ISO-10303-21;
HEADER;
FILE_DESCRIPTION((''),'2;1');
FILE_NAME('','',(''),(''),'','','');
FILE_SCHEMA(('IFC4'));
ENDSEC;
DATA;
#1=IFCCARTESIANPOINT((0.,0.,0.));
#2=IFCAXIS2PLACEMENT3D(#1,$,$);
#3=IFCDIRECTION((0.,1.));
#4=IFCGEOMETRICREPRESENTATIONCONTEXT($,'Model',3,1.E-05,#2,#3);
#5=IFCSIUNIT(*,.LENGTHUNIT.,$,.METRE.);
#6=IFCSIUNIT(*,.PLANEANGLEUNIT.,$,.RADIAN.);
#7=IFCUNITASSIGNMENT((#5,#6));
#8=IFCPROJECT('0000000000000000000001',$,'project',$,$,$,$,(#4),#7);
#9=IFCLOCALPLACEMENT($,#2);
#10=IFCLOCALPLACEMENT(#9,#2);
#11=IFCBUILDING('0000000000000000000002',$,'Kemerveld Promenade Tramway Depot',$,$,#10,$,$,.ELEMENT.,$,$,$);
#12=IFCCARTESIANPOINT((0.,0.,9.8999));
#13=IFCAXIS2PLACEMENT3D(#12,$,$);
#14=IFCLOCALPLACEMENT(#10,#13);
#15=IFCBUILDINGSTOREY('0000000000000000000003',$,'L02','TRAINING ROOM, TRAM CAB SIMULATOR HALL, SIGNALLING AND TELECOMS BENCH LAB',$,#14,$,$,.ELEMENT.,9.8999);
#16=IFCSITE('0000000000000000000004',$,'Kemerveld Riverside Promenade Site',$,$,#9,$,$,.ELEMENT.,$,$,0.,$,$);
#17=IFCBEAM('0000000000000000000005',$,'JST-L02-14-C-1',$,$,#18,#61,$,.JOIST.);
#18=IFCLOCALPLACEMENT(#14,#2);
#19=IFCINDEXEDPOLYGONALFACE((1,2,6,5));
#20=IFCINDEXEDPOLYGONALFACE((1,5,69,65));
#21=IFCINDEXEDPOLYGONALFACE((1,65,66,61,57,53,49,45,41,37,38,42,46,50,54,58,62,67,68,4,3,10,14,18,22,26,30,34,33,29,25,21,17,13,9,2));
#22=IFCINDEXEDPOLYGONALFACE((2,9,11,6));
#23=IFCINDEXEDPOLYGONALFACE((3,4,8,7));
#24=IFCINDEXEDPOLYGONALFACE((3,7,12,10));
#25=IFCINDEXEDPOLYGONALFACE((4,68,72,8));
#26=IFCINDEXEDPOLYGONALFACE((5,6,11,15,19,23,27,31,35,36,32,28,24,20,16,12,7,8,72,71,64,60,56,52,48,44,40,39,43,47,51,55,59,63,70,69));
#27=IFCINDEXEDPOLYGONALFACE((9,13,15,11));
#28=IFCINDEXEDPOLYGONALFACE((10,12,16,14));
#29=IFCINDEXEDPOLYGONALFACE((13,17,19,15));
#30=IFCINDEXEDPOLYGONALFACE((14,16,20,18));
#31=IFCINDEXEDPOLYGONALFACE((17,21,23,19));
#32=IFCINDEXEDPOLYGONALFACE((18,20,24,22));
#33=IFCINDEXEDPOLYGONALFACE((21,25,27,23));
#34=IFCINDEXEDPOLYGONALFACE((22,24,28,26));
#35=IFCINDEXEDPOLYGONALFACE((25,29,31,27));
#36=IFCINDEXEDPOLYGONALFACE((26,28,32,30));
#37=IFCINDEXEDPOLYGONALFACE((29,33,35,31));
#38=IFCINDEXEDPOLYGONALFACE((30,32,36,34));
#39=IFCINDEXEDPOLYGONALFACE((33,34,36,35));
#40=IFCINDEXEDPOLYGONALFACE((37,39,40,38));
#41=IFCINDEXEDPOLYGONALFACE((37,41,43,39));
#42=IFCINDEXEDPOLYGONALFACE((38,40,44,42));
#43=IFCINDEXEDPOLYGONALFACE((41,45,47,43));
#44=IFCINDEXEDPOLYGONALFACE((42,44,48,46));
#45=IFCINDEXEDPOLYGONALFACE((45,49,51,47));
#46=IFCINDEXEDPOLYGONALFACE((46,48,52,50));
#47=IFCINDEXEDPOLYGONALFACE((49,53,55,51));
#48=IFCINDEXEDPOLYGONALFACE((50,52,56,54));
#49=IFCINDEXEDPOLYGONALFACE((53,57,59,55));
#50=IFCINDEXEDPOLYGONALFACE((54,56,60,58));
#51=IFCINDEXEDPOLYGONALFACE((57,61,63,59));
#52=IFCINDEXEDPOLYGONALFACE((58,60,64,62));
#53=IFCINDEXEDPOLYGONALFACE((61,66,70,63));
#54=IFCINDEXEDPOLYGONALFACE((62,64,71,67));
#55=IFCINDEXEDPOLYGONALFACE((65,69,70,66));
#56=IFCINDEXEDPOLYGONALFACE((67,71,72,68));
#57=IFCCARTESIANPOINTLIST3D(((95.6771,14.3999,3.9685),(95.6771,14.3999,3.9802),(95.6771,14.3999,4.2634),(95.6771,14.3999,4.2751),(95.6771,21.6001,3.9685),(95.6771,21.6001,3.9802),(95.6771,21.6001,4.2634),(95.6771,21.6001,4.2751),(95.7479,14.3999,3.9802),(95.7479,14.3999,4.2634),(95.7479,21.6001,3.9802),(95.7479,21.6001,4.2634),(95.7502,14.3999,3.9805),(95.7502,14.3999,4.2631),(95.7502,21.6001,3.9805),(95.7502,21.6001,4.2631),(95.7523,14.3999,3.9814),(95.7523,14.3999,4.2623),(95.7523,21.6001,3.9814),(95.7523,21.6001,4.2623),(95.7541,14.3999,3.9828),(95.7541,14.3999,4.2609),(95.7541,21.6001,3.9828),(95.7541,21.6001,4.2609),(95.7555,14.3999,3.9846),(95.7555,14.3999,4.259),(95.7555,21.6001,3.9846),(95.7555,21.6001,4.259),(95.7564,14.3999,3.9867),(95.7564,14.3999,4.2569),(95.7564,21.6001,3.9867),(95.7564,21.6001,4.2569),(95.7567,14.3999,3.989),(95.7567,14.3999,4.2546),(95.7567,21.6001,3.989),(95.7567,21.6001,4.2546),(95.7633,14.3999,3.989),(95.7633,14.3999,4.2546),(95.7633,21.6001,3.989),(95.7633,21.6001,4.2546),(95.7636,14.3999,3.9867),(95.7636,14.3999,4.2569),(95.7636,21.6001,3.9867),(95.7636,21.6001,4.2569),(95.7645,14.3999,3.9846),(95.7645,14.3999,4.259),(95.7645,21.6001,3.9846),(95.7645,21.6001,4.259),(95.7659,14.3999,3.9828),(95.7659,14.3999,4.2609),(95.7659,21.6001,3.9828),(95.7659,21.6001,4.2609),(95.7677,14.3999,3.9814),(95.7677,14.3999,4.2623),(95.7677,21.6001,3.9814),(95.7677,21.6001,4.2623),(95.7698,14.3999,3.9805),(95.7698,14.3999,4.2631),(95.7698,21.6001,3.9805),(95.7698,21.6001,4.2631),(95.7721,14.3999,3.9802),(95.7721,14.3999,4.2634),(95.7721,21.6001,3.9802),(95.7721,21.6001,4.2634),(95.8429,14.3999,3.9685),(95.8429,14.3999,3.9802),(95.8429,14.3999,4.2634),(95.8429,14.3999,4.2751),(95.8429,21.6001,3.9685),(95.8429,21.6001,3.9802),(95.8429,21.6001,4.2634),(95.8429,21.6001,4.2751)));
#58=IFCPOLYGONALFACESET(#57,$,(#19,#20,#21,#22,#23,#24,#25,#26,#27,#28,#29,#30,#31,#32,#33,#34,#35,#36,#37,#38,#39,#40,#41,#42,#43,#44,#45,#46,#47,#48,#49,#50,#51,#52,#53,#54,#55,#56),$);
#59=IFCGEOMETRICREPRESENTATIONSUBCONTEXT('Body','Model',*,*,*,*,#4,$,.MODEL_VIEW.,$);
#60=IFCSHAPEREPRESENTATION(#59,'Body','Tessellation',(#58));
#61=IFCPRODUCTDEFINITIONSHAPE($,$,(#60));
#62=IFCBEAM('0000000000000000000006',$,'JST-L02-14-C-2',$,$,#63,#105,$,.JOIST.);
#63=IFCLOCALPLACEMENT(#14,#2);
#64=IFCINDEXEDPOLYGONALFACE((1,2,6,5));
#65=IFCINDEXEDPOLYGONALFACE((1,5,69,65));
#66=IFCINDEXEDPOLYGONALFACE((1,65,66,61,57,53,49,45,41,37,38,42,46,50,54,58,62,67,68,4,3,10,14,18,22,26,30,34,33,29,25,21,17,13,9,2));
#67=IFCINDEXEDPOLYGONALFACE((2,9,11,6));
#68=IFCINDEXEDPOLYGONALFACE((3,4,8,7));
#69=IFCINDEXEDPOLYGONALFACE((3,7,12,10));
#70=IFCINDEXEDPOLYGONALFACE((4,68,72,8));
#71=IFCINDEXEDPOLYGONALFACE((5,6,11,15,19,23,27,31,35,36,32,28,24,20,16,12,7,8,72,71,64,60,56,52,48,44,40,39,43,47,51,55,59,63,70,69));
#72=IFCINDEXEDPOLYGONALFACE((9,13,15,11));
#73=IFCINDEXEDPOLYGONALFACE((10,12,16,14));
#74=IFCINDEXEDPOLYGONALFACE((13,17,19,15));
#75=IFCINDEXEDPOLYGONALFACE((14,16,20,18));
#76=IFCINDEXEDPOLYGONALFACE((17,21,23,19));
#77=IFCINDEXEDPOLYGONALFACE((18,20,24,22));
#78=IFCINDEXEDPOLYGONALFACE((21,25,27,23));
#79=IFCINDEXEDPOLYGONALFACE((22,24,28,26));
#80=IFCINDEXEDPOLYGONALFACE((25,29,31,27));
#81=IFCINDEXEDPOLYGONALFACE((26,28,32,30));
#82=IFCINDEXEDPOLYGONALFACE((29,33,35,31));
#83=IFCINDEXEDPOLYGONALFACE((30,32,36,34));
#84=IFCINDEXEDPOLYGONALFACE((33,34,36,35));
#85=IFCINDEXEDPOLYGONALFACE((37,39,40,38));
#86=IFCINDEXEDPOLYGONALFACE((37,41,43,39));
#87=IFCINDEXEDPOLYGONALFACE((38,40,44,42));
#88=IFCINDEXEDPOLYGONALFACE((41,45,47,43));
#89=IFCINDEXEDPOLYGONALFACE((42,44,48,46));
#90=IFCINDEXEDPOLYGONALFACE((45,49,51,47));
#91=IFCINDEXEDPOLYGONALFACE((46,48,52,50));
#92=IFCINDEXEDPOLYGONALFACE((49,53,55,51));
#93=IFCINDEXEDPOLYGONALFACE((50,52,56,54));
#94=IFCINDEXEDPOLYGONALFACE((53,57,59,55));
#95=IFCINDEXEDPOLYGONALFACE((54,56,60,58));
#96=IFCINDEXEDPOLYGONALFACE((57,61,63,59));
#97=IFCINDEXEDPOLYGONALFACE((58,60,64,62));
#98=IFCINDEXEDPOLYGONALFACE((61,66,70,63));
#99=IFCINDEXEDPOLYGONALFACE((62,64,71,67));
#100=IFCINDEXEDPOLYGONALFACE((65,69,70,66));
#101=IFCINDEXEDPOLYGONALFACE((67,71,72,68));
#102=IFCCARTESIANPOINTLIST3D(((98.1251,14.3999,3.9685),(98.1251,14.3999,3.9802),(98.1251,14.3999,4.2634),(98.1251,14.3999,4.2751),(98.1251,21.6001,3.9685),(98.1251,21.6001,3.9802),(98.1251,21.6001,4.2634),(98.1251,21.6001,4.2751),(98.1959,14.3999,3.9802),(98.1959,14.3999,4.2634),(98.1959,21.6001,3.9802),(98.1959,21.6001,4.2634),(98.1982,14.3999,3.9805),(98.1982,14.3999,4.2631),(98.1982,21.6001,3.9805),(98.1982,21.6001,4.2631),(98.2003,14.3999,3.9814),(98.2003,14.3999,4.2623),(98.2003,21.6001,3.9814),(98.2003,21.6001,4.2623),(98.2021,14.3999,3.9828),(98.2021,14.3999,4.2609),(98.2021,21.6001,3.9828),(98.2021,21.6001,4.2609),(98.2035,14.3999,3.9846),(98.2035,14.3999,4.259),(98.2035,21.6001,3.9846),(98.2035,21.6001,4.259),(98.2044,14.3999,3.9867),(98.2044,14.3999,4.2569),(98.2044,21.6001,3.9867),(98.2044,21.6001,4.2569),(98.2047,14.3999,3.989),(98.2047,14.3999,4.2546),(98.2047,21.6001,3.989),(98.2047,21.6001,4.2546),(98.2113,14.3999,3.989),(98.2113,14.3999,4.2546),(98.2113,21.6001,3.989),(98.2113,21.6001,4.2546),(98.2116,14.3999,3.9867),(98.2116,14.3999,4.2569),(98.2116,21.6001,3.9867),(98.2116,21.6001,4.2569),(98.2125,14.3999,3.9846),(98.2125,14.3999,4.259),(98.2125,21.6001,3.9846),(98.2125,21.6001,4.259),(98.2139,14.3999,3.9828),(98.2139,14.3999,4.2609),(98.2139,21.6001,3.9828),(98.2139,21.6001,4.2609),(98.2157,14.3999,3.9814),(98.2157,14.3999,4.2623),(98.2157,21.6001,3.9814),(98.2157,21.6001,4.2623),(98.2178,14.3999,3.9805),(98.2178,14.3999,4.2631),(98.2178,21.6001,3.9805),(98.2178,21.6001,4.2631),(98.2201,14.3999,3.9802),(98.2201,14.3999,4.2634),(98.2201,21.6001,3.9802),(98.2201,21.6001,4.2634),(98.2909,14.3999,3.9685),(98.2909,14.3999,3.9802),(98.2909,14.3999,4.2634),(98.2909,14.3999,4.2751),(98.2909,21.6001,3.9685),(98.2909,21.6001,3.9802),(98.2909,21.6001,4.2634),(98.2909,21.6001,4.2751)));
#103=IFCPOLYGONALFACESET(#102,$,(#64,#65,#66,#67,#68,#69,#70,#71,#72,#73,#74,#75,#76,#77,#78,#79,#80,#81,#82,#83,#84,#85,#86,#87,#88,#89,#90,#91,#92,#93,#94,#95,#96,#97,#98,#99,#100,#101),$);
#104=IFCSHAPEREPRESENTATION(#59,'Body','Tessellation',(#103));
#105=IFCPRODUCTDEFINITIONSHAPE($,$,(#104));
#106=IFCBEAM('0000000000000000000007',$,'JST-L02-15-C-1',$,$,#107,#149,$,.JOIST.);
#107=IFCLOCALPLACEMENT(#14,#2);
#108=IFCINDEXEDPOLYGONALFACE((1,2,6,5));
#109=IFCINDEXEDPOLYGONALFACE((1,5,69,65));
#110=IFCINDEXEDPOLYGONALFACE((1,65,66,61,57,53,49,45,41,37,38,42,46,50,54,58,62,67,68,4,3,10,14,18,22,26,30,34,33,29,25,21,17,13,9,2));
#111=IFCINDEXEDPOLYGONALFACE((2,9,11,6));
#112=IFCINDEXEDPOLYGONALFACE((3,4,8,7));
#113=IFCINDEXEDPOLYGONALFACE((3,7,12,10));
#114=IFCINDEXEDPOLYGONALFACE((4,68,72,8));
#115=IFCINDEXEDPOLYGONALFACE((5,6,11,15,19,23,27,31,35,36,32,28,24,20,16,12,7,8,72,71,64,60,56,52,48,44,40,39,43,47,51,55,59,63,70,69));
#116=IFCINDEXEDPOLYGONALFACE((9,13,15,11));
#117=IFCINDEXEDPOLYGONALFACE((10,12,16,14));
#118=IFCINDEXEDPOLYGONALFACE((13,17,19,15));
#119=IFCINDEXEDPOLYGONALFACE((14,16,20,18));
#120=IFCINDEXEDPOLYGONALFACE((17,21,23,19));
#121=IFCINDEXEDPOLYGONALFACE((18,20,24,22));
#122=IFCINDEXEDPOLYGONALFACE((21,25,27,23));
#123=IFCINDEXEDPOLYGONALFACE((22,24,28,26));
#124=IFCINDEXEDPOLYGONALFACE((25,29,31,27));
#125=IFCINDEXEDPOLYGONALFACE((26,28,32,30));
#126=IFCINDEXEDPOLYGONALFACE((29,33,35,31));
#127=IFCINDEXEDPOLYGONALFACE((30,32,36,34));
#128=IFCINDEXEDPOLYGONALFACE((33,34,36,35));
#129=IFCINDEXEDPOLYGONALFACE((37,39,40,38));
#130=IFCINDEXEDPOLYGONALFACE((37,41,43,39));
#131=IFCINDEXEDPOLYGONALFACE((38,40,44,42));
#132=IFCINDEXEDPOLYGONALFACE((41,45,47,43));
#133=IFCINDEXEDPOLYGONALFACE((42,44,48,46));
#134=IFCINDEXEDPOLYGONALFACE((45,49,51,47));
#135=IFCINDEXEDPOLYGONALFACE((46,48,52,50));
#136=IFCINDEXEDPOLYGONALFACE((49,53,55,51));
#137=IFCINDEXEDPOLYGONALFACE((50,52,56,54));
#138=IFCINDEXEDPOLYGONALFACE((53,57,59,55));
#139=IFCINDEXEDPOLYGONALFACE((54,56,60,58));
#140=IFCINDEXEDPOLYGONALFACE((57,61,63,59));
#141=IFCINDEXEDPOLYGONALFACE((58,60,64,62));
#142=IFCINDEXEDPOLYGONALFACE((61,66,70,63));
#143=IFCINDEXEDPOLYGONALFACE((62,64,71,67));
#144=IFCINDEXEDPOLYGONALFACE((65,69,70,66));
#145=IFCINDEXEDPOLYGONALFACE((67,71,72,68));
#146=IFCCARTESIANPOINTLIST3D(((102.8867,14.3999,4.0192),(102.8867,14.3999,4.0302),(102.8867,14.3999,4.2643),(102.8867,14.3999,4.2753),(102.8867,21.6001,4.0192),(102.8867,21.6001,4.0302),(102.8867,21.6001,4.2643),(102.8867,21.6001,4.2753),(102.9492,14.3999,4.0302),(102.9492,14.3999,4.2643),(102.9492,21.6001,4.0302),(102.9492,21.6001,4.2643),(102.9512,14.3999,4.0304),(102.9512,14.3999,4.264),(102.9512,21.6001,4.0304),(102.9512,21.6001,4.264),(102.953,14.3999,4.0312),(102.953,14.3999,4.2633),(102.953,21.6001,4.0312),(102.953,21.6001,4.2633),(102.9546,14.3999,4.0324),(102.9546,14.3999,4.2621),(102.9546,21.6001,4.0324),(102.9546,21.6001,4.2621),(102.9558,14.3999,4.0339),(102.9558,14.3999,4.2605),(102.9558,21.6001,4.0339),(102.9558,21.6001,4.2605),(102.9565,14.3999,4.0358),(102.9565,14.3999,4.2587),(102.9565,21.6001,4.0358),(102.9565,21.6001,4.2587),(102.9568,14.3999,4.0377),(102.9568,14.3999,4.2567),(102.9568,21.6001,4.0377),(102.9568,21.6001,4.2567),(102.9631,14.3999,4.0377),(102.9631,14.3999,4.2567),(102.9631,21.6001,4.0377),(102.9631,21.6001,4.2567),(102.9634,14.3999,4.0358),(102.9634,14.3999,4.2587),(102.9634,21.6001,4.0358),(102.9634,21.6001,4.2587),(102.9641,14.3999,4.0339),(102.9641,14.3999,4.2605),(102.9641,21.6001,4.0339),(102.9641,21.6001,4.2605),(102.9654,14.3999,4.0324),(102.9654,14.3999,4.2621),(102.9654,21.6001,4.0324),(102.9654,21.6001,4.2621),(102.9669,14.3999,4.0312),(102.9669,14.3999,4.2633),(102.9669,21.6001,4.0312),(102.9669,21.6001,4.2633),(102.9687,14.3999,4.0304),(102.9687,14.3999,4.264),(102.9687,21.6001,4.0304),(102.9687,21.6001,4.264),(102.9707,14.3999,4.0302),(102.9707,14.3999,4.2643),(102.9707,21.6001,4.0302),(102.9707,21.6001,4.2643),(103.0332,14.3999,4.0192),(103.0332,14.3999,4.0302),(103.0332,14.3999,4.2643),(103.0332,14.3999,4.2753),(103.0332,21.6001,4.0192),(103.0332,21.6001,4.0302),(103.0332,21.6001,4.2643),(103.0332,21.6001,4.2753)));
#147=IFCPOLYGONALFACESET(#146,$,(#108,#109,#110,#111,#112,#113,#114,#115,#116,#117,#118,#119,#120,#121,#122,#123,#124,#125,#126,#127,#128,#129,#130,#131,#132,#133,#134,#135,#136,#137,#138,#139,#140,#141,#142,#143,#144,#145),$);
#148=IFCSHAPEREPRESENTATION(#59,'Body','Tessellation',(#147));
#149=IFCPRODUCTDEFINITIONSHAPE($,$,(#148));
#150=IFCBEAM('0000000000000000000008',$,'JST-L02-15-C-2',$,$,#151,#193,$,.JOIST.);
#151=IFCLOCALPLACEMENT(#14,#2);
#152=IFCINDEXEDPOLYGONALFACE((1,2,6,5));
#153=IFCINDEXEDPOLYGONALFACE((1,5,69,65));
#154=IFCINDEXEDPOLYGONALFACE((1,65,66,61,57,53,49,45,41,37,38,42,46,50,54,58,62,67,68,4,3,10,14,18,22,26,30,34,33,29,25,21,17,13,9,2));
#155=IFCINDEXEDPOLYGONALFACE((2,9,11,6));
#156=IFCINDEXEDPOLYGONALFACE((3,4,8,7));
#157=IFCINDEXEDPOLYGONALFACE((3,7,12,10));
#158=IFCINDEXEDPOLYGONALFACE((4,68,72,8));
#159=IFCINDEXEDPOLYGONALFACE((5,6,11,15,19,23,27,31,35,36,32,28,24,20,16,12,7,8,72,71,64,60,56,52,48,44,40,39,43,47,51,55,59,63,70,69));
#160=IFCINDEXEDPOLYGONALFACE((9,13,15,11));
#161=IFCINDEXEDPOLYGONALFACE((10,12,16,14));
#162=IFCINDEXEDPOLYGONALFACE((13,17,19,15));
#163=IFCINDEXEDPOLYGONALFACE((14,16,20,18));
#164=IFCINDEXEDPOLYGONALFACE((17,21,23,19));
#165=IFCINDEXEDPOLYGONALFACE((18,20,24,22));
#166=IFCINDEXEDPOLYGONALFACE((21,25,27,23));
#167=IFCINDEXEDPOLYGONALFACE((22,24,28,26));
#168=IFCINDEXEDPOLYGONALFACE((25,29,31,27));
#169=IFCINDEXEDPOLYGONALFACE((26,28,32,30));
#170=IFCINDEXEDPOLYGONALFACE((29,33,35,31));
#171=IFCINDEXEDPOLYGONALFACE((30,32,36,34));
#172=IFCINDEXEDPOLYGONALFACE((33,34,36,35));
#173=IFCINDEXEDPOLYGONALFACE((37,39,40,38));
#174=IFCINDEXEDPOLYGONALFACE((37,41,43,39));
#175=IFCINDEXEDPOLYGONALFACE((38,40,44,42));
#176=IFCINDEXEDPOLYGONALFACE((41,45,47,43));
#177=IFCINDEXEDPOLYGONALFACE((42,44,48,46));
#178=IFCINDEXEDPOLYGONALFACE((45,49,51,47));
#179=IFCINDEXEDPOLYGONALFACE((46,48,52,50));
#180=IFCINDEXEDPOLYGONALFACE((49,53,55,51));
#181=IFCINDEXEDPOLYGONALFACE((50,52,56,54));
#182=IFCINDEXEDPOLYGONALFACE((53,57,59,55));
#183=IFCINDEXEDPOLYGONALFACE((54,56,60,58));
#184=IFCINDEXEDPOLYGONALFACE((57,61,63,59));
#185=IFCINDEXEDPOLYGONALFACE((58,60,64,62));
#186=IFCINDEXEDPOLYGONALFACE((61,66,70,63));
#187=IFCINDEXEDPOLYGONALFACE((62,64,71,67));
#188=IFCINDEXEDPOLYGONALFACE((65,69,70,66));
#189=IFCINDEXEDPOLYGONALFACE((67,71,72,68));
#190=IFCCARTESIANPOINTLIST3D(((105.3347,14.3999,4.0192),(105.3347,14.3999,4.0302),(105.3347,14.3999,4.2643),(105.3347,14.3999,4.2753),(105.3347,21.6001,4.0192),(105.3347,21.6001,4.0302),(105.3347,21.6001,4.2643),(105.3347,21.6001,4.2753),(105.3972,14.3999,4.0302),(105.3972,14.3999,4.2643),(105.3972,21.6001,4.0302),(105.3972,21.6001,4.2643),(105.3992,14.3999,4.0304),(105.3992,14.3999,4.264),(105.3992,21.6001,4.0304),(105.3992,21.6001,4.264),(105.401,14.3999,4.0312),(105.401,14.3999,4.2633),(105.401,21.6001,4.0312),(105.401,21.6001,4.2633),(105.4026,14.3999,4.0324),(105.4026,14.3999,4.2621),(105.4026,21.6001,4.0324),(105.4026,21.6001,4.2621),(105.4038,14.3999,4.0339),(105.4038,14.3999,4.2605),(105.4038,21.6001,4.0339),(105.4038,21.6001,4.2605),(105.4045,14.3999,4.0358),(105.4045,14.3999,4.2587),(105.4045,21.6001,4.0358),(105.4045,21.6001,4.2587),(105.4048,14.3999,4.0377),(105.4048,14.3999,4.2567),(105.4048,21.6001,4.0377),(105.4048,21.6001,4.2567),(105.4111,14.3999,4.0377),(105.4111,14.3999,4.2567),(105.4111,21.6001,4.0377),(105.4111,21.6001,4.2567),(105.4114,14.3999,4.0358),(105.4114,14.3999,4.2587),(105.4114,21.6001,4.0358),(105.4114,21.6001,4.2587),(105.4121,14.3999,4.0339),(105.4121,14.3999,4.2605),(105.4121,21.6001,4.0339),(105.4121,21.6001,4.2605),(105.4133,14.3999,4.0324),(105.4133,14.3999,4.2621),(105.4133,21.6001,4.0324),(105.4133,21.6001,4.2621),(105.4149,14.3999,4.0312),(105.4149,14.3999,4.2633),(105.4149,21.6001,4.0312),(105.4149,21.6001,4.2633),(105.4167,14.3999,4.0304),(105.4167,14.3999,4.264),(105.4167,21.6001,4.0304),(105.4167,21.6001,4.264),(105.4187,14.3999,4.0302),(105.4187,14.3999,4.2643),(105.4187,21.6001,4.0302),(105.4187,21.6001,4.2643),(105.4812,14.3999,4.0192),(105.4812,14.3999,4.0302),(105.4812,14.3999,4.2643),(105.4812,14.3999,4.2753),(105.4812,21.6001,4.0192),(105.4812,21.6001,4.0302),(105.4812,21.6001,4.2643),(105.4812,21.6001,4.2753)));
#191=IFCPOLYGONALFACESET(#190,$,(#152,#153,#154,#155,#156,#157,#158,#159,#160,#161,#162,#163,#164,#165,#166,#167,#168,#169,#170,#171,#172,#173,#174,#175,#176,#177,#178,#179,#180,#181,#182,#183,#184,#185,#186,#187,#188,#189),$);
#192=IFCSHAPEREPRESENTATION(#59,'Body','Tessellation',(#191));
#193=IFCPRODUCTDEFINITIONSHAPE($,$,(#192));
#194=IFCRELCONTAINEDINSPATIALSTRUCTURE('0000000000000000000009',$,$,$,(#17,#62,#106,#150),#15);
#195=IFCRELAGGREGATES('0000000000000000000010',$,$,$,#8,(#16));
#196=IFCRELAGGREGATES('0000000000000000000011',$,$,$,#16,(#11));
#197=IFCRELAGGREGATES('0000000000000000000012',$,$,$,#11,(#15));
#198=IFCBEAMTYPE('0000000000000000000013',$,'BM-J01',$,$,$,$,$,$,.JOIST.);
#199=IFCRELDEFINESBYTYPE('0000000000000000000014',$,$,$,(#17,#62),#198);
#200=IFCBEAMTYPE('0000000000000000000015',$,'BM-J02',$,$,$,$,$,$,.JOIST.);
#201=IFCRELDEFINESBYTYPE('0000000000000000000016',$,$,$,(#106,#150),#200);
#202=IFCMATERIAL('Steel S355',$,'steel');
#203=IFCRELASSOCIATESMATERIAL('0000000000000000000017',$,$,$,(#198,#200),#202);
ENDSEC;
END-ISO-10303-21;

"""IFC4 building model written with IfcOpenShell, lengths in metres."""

from ifc_helpers import new_model, si_unit, direction, frame, origin, origin_2d, place, context, subcontext, project, spatial, i_section, extrude, material, material_profile, profile_set, type_object, element, save


model = new_model("IFC4")

# Units and contexts
model_context = context("Model", 3, precision=1e-05, world=origin(), true_north=direction((0.0, 1.0)))
body_context = subcontext(model_context, "Body", "Model", "MODEL_VIEW")
ifc_project = project(units=[si_unit("LENGTHUNIT", "METRE"), si_unit("PLANEANGLEUNIT", "RADIAN")], contexts=[model_context])

# Site, building, storey
site_placement = place(None, origin())
site = spatial("IfcSite", under=ifc_project, at=site_placement, Name="Kemerveld Riverside Promenade Site", CompositionType="ELEMENT", RefElevation=0.0)
building_placement = place(site_placement, origin())
building = spatial("IfcBuilding", under=site, at=building_placement, Name="Kemerveld Promenade Tramway Depot", CompositionType="ELEMENT")
storey_placement = place(building_placement, frame((0.0, 0.0, 9.8999)))
storey = spatial("IfcBuildingStorey", under=building, at=storey_placement, Name="L02", Description="TRAINING ROOM, TRAM CAB SIMULATOR HALL, SIGNALLING AND TELECOMS BENCH LAB", CompositionType="ELEMENT", Elevation=9.8999)

# Shared definitions
ifc_material_1 = material(Name="Steel S355", Category="steel")

# Beams
ifc_material_profile_1 = material_profile(ifc_material_1, i_section(OverallWidth=0.1658, OverallDepth=0.3066, WebThickness=0.0066, FlangeThickness=0.0117, FilletRadius=0.0088, at=origin_2d()), Name="305x165x46 UB")
ifc_profile_set_1 = profile_set([ifc_material_profile_1], Name="Steel S355")
beam_type_1 = type_object("IfcBeamType", Name="BM-J01", PredefinedType="JOIST", material=ifc_profile_set_1)
for number, where, z_axis, x_axis, name in (
    (1, (95.76, 14.3999, 4.1218), (0.0, 1.0, 0.0), (-1.0, 0.0, 0.0), "JST-L02-14-C-1"),
    (2, (98.208, 14.3999, 4.1218), (0.0, 1.0, 0.0), (-1.0, 0.0, 0.0), "JST-L02-14-C-2"),
):
    element("IfcBeam", number, at=place(storey_placement, frame(where, z_axis=z_axis, x_axis=x_axis)), inside=storey, type_object=beam_type_1, Name=name, PredefinedType="JOIST", context=body_context, shape_type="SweptSolid", body=[
        extrude(i_section(OverallWidth=0.1658, OverallDepth=0.3066, WebThickness=0.0066, FlangeThickness=0.0117, FilletRadius=0.0088, at=origin_2d()), origin(), (0.0, 0.0, 1.0), 7.2002),
    ])
ifc_material_profile_2 = material_profile(ifc_material_1, i_section(OverallWidth=0.1465, OverallDepth=0.2561, WebThickness=0.0063, FlangeThickness=0.011, FilletRadius=0.0076, at=origin_2d()), Name="254x146x37 UB")
ifc_profile_set_2 = profile_set([ifc_material_profile_2], Name="Steel S355")
beam_type_2 = type_object("IfcBeamType", Name="BM-J02", PredefinedType="JOIST", material=ifc_profile_set_2)
for number, where, z_axis, x_axis, name in (
    (3, (102.96, 14.3999, 4.1472), (0.0, 1.0, 0.0), (-1.0, 0.0, 0.0), "JST-L02-15-C-1"),
    (4, (105.408, 14.3999, 4.1472), (0.0, 1.0, 0.0), (-1.0, 0.0, 0.0), "JST-L02-15-C-2"),
):
    element("IfcBeam", number, at=place(storey_placement, frame(where, z_axis=z_axis, x_axis=x_axis)), inside=storey, type_object=beam_type_2, Name=name, PredefinedType="JOIST", context=body_context, shape_type="SweptSolid", body=[
        extrude(i_section(OverallWidth=0.1465, OverallDepth=0.2561, WebThickness=0.0063, FlangeThickness=0.011, FilletRadius=0.0076, at=origin_2d()), origin(), (0.0, 0.0, 1.0), 7.2002),
    ])

save(model, "model.ifc")
